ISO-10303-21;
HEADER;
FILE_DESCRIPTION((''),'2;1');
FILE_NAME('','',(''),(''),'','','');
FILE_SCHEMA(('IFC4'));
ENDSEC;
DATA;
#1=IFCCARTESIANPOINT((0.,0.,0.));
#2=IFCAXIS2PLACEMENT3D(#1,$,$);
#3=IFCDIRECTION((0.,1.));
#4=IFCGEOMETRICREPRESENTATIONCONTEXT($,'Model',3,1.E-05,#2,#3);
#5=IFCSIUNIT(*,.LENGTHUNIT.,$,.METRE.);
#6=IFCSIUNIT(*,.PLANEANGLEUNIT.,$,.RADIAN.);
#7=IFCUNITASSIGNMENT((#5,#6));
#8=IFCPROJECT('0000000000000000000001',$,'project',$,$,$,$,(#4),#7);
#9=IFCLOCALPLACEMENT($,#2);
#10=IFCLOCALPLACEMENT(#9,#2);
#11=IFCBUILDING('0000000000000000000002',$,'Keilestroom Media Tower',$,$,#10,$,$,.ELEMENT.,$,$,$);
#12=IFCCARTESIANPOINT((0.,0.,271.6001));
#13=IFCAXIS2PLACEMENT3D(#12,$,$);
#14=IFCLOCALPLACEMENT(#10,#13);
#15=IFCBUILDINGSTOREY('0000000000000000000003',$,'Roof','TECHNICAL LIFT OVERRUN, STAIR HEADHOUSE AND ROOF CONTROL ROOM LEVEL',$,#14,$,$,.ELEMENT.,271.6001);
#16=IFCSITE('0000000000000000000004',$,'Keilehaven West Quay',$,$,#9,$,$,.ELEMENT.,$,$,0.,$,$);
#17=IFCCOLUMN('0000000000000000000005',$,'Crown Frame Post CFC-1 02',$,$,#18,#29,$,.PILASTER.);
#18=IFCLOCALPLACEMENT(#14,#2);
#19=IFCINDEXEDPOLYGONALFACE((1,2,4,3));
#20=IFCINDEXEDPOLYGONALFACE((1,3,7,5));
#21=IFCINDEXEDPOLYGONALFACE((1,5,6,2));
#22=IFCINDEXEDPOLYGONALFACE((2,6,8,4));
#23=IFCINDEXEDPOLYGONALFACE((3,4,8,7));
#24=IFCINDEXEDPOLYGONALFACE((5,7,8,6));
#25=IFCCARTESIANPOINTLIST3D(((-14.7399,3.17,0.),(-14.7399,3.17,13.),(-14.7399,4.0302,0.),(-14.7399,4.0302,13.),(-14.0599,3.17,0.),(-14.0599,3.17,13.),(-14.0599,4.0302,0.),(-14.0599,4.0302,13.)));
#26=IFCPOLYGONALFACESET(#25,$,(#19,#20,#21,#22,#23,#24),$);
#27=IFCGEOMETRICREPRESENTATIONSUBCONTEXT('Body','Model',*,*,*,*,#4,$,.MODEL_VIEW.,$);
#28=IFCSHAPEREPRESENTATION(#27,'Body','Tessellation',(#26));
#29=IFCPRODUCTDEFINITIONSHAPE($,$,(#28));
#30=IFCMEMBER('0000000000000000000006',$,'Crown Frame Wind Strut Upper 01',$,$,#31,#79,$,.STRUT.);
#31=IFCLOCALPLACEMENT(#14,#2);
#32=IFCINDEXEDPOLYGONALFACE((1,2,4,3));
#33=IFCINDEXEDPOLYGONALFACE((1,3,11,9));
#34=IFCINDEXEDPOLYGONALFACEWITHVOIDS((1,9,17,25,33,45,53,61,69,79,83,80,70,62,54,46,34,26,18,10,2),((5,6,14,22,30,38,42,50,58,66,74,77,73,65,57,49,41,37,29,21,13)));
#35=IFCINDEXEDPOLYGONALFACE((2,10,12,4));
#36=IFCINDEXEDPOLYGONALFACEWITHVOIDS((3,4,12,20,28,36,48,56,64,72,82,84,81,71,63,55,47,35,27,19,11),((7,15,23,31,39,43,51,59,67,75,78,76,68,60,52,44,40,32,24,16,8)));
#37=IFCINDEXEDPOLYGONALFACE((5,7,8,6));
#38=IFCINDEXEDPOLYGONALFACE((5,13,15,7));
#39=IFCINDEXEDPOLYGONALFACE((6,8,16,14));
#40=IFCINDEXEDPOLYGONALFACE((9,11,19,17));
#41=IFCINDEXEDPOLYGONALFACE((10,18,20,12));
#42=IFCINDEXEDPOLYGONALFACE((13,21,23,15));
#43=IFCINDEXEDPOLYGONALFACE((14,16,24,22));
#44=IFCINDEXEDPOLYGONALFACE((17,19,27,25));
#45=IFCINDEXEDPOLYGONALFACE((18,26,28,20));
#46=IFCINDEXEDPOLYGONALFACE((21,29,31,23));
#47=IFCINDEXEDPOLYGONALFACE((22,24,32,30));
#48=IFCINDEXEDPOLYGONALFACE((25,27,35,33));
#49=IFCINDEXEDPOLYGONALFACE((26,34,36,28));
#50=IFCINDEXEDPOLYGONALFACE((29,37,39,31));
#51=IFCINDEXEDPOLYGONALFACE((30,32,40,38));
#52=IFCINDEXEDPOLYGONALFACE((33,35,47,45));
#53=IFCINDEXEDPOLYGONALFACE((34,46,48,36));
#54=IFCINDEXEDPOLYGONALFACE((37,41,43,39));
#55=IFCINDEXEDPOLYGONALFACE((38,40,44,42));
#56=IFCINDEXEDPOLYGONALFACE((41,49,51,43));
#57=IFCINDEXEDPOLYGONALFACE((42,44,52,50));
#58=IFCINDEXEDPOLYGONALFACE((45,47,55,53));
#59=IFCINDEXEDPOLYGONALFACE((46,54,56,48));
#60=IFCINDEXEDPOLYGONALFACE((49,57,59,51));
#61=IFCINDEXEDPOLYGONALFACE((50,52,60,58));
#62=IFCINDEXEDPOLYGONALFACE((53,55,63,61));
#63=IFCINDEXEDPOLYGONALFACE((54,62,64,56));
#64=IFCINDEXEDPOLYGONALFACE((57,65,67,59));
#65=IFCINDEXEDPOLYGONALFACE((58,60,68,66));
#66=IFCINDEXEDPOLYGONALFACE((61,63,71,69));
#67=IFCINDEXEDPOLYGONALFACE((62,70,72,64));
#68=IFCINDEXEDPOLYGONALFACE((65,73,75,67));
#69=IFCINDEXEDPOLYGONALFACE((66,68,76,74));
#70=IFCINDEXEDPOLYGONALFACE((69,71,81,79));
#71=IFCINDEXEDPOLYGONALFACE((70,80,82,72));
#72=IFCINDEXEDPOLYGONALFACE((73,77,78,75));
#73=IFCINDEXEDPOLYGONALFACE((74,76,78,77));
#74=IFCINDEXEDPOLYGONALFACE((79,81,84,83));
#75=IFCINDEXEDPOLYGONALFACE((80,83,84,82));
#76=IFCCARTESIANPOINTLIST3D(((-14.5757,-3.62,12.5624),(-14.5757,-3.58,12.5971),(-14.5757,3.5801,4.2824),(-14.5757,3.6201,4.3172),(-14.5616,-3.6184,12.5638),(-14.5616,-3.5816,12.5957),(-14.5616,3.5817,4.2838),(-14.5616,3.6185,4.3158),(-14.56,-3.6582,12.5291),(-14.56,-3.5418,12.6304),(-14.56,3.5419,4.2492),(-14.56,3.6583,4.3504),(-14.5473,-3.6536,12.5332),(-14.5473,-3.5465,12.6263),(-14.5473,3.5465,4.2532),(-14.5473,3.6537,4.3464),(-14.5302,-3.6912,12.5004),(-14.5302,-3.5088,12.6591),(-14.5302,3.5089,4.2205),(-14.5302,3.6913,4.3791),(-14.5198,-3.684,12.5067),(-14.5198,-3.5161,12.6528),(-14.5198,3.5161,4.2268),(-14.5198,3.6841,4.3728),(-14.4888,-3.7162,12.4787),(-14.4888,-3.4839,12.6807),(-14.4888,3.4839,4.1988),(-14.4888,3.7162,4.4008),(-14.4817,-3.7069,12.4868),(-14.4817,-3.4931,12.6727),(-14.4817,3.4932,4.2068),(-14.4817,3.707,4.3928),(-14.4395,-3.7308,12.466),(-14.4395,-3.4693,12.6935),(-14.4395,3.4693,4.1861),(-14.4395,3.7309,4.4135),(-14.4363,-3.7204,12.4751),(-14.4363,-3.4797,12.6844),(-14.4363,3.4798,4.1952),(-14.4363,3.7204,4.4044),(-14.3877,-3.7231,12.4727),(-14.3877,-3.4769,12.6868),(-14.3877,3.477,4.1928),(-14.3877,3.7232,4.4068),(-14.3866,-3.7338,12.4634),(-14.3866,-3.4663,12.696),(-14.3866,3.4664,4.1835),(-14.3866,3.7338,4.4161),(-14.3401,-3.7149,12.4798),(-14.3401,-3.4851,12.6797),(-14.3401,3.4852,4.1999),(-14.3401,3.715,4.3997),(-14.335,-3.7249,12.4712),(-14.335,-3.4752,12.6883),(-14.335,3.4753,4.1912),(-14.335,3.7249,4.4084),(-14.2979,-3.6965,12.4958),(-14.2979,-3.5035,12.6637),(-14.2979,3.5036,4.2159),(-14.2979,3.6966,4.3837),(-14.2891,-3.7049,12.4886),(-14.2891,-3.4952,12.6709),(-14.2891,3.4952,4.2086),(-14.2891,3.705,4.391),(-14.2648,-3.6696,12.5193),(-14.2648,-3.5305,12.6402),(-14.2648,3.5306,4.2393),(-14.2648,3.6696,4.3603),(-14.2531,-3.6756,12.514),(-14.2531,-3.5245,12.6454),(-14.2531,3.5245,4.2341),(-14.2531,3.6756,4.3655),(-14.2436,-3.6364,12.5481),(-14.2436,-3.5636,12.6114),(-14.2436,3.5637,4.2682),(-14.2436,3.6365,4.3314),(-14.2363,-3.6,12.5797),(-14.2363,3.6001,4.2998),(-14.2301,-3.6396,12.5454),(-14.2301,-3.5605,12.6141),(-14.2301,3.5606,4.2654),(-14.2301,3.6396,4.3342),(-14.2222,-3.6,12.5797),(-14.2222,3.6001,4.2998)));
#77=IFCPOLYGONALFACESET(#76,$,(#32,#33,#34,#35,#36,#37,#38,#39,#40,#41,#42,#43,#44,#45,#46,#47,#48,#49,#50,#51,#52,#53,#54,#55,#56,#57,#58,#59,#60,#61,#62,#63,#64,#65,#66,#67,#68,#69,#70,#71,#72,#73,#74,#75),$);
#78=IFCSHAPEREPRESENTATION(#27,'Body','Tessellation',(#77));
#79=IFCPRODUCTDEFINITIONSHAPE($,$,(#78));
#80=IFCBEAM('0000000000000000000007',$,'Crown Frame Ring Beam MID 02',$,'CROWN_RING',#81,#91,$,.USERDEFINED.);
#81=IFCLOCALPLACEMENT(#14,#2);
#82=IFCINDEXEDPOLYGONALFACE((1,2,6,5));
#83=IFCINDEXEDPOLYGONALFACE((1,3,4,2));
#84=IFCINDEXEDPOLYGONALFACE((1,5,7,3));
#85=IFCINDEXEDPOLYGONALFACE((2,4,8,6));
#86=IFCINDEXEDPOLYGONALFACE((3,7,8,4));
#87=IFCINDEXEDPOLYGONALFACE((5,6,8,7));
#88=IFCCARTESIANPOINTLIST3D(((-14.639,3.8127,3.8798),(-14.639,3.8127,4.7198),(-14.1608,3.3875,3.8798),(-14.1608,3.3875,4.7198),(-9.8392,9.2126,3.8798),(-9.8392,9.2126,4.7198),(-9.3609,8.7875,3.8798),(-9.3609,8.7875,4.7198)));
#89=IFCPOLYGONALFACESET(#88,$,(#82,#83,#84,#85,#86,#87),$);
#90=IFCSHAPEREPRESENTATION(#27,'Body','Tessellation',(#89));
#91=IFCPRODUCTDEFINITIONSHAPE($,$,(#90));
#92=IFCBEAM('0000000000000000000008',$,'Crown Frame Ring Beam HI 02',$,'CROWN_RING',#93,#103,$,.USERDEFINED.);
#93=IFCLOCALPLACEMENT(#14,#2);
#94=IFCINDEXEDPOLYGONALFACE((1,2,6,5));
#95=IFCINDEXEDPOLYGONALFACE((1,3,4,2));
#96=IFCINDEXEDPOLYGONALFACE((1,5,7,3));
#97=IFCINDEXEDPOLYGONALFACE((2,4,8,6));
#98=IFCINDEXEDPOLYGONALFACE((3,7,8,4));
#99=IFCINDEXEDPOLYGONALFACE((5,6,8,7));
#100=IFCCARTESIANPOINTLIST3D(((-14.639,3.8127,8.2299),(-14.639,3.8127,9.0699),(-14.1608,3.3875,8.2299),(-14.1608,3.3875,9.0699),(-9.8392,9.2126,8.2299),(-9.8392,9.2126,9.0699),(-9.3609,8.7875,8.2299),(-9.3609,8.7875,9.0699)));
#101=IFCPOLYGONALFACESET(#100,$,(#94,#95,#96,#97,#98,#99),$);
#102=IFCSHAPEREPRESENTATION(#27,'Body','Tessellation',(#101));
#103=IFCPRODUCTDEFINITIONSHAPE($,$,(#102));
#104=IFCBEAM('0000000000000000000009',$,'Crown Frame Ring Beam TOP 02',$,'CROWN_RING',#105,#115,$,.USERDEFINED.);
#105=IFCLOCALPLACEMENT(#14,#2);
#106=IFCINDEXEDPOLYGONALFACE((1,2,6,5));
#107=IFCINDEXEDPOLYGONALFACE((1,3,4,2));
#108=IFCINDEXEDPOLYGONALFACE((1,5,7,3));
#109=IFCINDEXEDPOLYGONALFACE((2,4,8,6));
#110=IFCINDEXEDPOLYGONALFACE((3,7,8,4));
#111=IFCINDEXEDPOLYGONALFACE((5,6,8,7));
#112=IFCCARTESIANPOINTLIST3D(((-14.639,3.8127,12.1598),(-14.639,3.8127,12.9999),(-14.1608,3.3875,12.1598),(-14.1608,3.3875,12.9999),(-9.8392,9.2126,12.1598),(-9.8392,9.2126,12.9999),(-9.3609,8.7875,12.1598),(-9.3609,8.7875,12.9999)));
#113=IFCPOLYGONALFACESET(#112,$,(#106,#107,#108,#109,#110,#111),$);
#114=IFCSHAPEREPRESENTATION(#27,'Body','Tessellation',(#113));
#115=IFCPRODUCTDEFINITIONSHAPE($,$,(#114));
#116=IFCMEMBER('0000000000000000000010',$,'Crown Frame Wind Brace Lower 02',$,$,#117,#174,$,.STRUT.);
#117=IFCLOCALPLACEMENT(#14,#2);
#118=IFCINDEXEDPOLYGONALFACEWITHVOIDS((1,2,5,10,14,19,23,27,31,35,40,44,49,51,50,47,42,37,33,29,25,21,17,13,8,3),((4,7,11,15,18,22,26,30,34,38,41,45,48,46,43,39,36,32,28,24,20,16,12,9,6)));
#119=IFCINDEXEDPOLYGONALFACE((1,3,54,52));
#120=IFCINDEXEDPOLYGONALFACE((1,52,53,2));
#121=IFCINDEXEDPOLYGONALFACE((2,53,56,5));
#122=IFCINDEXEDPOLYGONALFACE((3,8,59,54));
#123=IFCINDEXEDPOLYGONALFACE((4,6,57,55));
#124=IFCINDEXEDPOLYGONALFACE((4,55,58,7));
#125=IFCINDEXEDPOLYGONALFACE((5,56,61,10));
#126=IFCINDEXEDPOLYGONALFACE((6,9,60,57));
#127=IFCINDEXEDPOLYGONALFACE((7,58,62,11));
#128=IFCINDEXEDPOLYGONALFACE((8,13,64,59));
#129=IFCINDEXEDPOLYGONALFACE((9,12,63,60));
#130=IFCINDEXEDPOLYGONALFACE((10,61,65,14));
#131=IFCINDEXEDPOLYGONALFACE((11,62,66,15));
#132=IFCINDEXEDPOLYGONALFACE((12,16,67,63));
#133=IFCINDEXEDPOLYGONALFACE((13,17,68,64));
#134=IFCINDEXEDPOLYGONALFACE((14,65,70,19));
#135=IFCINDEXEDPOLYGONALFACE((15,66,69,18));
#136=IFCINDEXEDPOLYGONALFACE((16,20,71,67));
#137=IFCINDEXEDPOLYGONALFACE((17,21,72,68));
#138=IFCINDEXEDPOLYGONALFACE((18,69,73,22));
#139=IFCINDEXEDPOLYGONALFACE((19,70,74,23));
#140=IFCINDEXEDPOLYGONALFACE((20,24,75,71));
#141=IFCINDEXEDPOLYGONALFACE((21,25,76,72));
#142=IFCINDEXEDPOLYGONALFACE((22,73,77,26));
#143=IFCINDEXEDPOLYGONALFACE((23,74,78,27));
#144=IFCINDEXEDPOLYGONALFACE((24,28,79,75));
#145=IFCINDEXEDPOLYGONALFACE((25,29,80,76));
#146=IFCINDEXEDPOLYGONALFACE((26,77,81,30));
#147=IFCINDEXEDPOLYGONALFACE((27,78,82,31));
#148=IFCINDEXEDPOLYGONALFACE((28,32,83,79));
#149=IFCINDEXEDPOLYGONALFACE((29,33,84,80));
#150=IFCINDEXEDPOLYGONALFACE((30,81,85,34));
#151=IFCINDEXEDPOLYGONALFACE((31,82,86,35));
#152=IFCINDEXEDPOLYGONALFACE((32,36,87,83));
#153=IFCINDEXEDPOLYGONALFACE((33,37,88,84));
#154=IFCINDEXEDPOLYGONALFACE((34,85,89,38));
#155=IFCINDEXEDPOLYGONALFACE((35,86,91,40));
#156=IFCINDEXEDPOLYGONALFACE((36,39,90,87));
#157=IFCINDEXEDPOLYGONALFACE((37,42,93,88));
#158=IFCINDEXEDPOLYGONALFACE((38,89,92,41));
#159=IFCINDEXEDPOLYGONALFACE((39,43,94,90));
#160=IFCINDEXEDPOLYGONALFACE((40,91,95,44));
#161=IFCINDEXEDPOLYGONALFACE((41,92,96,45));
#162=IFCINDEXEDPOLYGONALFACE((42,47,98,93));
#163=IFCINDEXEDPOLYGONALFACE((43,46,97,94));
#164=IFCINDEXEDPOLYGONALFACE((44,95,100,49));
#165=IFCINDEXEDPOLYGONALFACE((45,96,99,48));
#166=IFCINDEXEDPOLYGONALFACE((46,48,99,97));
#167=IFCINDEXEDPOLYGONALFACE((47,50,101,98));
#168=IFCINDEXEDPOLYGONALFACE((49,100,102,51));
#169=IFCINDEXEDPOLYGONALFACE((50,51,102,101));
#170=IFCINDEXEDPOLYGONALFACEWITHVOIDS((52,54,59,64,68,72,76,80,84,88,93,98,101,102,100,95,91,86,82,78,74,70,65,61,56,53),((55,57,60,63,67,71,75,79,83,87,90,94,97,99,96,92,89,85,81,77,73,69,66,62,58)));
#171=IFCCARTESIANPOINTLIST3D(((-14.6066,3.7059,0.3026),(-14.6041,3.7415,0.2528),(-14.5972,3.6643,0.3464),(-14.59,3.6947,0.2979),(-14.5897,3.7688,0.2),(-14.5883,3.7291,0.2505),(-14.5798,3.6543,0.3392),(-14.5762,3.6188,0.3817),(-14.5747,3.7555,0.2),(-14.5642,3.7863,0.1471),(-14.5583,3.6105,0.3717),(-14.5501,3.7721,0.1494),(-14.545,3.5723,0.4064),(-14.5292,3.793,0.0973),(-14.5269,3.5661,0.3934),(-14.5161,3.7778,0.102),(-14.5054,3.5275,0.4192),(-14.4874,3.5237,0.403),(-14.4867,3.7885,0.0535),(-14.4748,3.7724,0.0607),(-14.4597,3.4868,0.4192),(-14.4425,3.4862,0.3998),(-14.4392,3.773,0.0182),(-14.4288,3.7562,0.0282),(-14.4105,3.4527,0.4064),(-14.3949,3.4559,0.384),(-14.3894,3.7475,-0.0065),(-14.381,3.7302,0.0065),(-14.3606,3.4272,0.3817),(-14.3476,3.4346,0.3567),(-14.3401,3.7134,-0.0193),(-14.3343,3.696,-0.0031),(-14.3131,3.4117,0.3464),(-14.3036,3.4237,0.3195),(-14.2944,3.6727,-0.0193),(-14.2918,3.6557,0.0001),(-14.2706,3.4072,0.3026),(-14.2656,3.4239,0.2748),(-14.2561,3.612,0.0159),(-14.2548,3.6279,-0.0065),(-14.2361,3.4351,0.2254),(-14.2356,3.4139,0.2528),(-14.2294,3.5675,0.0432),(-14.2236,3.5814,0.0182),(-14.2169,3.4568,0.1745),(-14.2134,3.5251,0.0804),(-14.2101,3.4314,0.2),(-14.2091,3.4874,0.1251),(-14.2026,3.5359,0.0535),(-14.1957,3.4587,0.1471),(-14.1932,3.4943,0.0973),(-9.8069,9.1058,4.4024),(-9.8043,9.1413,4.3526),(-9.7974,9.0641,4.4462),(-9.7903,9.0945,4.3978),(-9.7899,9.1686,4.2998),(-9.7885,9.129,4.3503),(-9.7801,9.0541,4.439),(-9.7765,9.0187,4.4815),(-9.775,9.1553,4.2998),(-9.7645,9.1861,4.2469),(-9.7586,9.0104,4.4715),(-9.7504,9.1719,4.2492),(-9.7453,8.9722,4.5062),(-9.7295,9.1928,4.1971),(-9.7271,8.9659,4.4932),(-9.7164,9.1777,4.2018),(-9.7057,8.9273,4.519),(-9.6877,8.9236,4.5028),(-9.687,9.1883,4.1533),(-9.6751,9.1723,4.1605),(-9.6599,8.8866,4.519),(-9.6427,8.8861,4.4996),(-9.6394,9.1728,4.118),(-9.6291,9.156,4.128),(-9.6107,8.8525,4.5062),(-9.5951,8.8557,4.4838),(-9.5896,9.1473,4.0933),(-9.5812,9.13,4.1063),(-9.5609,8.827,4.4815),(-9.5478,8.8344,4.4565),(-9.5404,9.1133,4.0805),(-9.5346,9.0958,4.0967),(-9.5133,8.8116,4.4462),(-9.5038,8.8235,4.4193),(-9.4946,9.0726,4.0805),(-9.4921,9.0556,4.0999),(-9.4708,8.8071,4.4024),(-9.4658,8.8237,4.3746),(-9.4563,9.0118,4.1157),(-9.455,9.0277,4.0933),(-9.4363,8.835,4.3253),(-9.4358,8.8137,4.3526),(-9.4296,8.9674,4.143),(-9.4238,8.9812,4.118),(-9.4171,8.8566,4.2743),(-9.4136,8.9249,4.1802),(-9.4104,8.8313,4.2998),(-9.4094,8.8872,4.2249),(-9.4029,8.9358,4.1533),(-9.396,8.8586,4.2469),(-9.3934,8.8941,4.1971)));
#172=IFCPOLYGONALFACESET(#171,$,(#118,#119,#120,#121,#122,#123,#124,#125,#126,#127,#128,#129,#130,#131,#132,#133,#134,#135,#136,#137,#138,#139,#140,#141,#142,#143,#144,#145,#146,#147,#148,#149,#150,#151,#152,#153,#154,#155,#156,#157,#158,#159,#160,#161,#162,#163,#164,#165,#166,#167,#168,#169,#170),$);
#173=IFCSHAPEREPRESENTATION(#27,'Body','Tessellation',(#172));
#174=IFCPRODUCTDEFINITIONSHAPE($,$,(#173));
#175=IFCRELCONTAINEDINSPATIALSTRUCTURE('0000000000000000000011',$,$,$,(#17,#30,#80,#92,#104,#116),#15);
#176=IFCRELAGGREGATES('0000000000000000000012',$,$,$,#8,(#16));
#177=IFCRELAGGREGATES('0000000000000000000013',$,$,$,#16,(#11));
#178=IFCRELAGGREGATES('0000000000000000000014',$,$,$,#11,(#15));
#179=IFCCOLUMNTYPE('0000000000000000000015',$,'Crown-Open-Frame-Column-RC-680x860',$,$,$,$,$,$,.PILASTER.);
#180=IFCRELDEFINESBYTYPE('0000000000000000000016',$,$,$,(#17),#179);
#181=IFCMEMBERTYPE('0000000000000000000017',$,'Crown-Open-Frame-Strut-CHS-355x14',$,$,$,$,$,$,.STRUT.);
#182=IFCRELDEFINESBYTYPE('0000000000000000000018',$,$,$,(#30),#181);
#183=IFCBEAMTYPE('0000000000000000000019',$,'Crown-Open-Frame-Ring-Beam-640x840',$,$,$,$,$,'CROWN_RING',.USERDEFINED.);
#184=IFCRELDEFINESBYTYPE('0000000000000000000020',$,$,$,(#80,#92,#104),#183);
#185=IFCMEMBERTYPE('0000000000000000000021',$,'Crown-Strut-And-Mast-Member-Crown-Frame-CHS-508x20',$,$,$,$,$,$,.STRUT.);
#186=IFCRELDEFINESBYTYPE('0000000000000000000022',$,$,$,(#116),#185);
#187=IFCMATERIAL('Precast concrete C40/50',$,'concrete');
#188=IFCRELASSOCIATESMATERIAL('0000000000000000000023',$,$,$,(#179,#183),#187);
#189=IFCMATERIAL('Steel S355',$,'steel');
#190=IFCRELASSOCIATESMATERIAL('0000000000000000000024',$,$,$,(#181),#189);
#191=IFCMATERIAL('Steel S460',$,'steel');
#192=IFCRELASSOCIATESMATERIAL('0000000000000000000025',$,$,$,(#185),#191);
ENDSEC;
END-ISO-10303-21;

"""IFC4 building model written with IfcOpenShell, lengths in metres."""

from ifc_helpers import new_model, si_unit, direction, frame, origin, origin_2d, place, context, subcontext, project, spatial, rectangle, hollow_circle, extrude, source, transform, mapped, material, material_profile, profile_set, type_object, element, save


model = new_model("IFC4")

# Units and contexts
model_context = context("Model", 3, precision=1e-05, world=origin(), true_north=direction((0.0, 1.0)))
body_context = subcontext(model_context, "Body", "Model", "MODEL_VIEW")
ifc_project = project(units=[si_unit("LENGTHUNIT", "METRE"), si_unit("PLANEANGLEUNIT", "RADIAN")], contexts=[model_context])

# Site, building, storey
site_placement = place(None, origin())
site = spatial("IfcSite", under=ifc_project, at=site_placement, Name="Keilehaven West Quay", CompositionType="ELEMENT", RefElevation=0.0)
building_placement = place(site_placement, origin())
building = spatial("IfcBuilding", under=site, at=building_placement, Name="Keilestroom Media Tower", CompositionType="ELEMENT")
storey_placement = place(building_placement, frame((0.0, 0.0, 271.6001)))
storey = spatial("IfcBuildingStorey", under=building, at=storey_placement, Name="Roof", Description="TECHNICAL LIFT OVERRUN, STAIR HEADHOUSE AND ROOF CONTROL ROOM LEVEL", CompositionType="ELEMENT", Elevation=271.6001)

# Column
ifc_material_1 = material(Name="Precast concrete C40/50", Category="concrete")
ifc_material_profile_1 = material_profile(ifc_material_1, rectangle(XDim=0.6799, YDim=0.8601, at=origin_2d()), Name="CF 860x680")
ifc_profile_set_1 = profile_set([ifc_material_profile_1], Name="Precast concrete C40/50")
column_type = type_object("IfcColumnType", Name="Crown-Open-Frame-Column-RC-680x860", PredefinedType="PILASTER", material=ifc_profile_set_1)
shared_shape_1 = source(origin(), body_context, "Body", "SweptSolid", [
    extrude(rectangle(XDim=0.6799, YDim=0.8601, at=origin_2d()), origin(), (0.0, 0.0, 1.0), 13.0),
])
column_placement = place(storey_placement, frame((-14.3999, 3.6001, 0.0), z_axis=(0.0, 0.0, 1.0), x_axis=(1.0, 0.0, 0.0)))
element("IfcColumn", 1, at=column_placement, inside=storey, type_object=column_type, Name="Crown Frame Post CFC-1 02", PredefinedType="PILASTER", context=body_context, shape_type="MappedRepresentation", body=[
    mapped(shared_shape_1, transform((0.0, 0.0, 0.0), x_axis=(1.0, 0.0, 0.0), y_axis=(0.0, 1.0, 0.0), z_axis=(0.0, 0.0, 1.0), scale=1.0)),
])

# Member
ifc_material_2 = material(Name="Steel S355", Category="steel")
ifc_material_profile_2 = material_profile(ifc_material_2, hollow_circle(Radius=0.1777, WallThickness=0.0142, at=origin_2d()), Name="CHS 355.6x14.2")
ifc_profile_set_2 = profile_set([ifc_material_profile_2], Name="Steel S355")
member_type_1 = type_object("IfcMemberType", Name="Crown-Open-Frame-Strut-CHS-355x14", PredefinedType="STRUT", material=ifc_profile_set_2)
shared_shape_2 = source(origin(), body_context, "Body", "SweptSolid", [
    extrude(hollow_circle(Radius=0.1777, WallThickness=0.0142, at=origin_2d()), origin(), (0.0, 0.0, 1.0), 10.9727),
])
member_1_placement = place(storey_placement, frame((-14.3999, 3.6001, 4.2998), z_axis=(0.0, -0.656188, 0.754598), x_axis=(1.0, 0.0, 0.0)))
element("IfcMember", 2, at=member_1_placement, inside=storey, type_object=member_type_1, Name="Crown Frame Wind Strut Upper 01", PredefinedType="STRUT", context=body_context, shape_type="MappedRepresentation", body=[
    mapped(shared_shape_2, transform((0.0, 0.0, 0.0), x_axis=(1.0, 0.0, 0.0), y_axis=(0.0, 1.0, 0.0), z_axis=(0.0, 0.0, 1.0), scale=1.0)),
])

# Beams
ifc_material_profile_3 = material_profile(ifc_material_1, rectangle(XDim=0.6399, YDim=0.8401, at=origin_2d()), Name="CF 640x840")
ifc_profile_set_3 = profile_set([ifc_material_profile_3], Name="Precast concrete C40/50")
beam_type = type_object("IfcBeamType", Name="Crown-Open-Frame-Ring-Beam-640x840", ElementType="CROWN_RING", PredefinedType="USERDEFINED", material=ifc_profile_set_3)
shared_shape_3 = source(origin(), body_context, "Body", "SweptSolid", [
    extrude(rectangle(XDim=0.6399, YDim=0.8401, at=origin_2d()), origin(), (0.0, 0.0, 1.0), 7.2249),
])
for number, where, z_axis, x_axis, name in (
    (3, (-14.3999, 3.6001, 4.2998), (0.664355, 0.747417, 0.0), (-0.747417, 0.664355, 0.0), "Crown Frame Ring Beam MID 02"),
    (4, (-14.3999, 3.6001, 8.6499), (0.664355, 0.747417, 0.0), (-0.747417, 0.664355, 0.0), "Crown Frame Ring Beam HI 02"),
    (5, (-14.3999, 3.6001, 12.5798), (0.664355, 0.747417, 0.0), (-0.747417, 0.664355, 0.0), "Crown Frame Ring Beam TOP 02"),
):
    element("IfcBeam", number, at=place(storey_placement, frame(where, z_axis=z_axis, x_axis=x_axis)), inside=storey, type_object=beam_type, Name=name, ObjectType="CROWN_RING", PredefinedType="USERDEFINED", context=body_context, shape_type="MappedRepresentation", body=[
        mapped(shared_shape_3, transform((0.0, 0.0, 0.0), x_axis=(1.0, 0.0, 0.0), y_axis=(0.0, 1.0, 0.0), z_axis=(0.0, 0.0, 1.0), scale=1.0)),
    ])

# Member
ifc_material_3 = material(Name="Steel S460", Category="steel")
ifc_material_profile_4 = material_profile(ifc_material_3, hollow_circle(Radius=0.2539, WallThickness=0.02, at=origin_2d()), Name="CHS 508x20")
ifc_profile_set_4 = profile_set([ifc_material_profile_4], Name="Steel S460")
member_type_2 = type_object("IfcMemberType", Name="Crown-Strut-And-Mast-Member-Crown-Frame-CHS-508x20", PredefinedType="STRUT", material=ifc_profile_set_4)
shared_shape_4 = source(origin(), body_context, "Body", "SweptSolid", [
    extrude(hollow_circle(Radius=0.2539, WallThickness=0.02, at=origin_2d()), origin(), (0.0, 0.0, 1.0), 8.3069),
])
member_2_placement = place(storey_placement, frame((-14.3999, 3.6001, 0.2), z_axis=(0.577804, 0.650044, 0.493543), x_axis=(-0.747417, 0.664355, 0.0)))
element("IfcMember", 6, at=member_2_placement, inside=storey, type_object=member_type_2, Name="Crown Frame Wind Brace Lower 02", PredefinedType="STRUT", context=body_context, shape_type="MappedRepresentation", body=[
    mapped(shared_shape_4, transform((0.0, 0.0, 0.0), x_axis=(1.0, 0.0, 0.0), y_axis=(0.0, 1.0, 0.0), z_axis=(0.0, 0.0, 1.0), scale=1.0)),
])

save(model, "model.ifc")
